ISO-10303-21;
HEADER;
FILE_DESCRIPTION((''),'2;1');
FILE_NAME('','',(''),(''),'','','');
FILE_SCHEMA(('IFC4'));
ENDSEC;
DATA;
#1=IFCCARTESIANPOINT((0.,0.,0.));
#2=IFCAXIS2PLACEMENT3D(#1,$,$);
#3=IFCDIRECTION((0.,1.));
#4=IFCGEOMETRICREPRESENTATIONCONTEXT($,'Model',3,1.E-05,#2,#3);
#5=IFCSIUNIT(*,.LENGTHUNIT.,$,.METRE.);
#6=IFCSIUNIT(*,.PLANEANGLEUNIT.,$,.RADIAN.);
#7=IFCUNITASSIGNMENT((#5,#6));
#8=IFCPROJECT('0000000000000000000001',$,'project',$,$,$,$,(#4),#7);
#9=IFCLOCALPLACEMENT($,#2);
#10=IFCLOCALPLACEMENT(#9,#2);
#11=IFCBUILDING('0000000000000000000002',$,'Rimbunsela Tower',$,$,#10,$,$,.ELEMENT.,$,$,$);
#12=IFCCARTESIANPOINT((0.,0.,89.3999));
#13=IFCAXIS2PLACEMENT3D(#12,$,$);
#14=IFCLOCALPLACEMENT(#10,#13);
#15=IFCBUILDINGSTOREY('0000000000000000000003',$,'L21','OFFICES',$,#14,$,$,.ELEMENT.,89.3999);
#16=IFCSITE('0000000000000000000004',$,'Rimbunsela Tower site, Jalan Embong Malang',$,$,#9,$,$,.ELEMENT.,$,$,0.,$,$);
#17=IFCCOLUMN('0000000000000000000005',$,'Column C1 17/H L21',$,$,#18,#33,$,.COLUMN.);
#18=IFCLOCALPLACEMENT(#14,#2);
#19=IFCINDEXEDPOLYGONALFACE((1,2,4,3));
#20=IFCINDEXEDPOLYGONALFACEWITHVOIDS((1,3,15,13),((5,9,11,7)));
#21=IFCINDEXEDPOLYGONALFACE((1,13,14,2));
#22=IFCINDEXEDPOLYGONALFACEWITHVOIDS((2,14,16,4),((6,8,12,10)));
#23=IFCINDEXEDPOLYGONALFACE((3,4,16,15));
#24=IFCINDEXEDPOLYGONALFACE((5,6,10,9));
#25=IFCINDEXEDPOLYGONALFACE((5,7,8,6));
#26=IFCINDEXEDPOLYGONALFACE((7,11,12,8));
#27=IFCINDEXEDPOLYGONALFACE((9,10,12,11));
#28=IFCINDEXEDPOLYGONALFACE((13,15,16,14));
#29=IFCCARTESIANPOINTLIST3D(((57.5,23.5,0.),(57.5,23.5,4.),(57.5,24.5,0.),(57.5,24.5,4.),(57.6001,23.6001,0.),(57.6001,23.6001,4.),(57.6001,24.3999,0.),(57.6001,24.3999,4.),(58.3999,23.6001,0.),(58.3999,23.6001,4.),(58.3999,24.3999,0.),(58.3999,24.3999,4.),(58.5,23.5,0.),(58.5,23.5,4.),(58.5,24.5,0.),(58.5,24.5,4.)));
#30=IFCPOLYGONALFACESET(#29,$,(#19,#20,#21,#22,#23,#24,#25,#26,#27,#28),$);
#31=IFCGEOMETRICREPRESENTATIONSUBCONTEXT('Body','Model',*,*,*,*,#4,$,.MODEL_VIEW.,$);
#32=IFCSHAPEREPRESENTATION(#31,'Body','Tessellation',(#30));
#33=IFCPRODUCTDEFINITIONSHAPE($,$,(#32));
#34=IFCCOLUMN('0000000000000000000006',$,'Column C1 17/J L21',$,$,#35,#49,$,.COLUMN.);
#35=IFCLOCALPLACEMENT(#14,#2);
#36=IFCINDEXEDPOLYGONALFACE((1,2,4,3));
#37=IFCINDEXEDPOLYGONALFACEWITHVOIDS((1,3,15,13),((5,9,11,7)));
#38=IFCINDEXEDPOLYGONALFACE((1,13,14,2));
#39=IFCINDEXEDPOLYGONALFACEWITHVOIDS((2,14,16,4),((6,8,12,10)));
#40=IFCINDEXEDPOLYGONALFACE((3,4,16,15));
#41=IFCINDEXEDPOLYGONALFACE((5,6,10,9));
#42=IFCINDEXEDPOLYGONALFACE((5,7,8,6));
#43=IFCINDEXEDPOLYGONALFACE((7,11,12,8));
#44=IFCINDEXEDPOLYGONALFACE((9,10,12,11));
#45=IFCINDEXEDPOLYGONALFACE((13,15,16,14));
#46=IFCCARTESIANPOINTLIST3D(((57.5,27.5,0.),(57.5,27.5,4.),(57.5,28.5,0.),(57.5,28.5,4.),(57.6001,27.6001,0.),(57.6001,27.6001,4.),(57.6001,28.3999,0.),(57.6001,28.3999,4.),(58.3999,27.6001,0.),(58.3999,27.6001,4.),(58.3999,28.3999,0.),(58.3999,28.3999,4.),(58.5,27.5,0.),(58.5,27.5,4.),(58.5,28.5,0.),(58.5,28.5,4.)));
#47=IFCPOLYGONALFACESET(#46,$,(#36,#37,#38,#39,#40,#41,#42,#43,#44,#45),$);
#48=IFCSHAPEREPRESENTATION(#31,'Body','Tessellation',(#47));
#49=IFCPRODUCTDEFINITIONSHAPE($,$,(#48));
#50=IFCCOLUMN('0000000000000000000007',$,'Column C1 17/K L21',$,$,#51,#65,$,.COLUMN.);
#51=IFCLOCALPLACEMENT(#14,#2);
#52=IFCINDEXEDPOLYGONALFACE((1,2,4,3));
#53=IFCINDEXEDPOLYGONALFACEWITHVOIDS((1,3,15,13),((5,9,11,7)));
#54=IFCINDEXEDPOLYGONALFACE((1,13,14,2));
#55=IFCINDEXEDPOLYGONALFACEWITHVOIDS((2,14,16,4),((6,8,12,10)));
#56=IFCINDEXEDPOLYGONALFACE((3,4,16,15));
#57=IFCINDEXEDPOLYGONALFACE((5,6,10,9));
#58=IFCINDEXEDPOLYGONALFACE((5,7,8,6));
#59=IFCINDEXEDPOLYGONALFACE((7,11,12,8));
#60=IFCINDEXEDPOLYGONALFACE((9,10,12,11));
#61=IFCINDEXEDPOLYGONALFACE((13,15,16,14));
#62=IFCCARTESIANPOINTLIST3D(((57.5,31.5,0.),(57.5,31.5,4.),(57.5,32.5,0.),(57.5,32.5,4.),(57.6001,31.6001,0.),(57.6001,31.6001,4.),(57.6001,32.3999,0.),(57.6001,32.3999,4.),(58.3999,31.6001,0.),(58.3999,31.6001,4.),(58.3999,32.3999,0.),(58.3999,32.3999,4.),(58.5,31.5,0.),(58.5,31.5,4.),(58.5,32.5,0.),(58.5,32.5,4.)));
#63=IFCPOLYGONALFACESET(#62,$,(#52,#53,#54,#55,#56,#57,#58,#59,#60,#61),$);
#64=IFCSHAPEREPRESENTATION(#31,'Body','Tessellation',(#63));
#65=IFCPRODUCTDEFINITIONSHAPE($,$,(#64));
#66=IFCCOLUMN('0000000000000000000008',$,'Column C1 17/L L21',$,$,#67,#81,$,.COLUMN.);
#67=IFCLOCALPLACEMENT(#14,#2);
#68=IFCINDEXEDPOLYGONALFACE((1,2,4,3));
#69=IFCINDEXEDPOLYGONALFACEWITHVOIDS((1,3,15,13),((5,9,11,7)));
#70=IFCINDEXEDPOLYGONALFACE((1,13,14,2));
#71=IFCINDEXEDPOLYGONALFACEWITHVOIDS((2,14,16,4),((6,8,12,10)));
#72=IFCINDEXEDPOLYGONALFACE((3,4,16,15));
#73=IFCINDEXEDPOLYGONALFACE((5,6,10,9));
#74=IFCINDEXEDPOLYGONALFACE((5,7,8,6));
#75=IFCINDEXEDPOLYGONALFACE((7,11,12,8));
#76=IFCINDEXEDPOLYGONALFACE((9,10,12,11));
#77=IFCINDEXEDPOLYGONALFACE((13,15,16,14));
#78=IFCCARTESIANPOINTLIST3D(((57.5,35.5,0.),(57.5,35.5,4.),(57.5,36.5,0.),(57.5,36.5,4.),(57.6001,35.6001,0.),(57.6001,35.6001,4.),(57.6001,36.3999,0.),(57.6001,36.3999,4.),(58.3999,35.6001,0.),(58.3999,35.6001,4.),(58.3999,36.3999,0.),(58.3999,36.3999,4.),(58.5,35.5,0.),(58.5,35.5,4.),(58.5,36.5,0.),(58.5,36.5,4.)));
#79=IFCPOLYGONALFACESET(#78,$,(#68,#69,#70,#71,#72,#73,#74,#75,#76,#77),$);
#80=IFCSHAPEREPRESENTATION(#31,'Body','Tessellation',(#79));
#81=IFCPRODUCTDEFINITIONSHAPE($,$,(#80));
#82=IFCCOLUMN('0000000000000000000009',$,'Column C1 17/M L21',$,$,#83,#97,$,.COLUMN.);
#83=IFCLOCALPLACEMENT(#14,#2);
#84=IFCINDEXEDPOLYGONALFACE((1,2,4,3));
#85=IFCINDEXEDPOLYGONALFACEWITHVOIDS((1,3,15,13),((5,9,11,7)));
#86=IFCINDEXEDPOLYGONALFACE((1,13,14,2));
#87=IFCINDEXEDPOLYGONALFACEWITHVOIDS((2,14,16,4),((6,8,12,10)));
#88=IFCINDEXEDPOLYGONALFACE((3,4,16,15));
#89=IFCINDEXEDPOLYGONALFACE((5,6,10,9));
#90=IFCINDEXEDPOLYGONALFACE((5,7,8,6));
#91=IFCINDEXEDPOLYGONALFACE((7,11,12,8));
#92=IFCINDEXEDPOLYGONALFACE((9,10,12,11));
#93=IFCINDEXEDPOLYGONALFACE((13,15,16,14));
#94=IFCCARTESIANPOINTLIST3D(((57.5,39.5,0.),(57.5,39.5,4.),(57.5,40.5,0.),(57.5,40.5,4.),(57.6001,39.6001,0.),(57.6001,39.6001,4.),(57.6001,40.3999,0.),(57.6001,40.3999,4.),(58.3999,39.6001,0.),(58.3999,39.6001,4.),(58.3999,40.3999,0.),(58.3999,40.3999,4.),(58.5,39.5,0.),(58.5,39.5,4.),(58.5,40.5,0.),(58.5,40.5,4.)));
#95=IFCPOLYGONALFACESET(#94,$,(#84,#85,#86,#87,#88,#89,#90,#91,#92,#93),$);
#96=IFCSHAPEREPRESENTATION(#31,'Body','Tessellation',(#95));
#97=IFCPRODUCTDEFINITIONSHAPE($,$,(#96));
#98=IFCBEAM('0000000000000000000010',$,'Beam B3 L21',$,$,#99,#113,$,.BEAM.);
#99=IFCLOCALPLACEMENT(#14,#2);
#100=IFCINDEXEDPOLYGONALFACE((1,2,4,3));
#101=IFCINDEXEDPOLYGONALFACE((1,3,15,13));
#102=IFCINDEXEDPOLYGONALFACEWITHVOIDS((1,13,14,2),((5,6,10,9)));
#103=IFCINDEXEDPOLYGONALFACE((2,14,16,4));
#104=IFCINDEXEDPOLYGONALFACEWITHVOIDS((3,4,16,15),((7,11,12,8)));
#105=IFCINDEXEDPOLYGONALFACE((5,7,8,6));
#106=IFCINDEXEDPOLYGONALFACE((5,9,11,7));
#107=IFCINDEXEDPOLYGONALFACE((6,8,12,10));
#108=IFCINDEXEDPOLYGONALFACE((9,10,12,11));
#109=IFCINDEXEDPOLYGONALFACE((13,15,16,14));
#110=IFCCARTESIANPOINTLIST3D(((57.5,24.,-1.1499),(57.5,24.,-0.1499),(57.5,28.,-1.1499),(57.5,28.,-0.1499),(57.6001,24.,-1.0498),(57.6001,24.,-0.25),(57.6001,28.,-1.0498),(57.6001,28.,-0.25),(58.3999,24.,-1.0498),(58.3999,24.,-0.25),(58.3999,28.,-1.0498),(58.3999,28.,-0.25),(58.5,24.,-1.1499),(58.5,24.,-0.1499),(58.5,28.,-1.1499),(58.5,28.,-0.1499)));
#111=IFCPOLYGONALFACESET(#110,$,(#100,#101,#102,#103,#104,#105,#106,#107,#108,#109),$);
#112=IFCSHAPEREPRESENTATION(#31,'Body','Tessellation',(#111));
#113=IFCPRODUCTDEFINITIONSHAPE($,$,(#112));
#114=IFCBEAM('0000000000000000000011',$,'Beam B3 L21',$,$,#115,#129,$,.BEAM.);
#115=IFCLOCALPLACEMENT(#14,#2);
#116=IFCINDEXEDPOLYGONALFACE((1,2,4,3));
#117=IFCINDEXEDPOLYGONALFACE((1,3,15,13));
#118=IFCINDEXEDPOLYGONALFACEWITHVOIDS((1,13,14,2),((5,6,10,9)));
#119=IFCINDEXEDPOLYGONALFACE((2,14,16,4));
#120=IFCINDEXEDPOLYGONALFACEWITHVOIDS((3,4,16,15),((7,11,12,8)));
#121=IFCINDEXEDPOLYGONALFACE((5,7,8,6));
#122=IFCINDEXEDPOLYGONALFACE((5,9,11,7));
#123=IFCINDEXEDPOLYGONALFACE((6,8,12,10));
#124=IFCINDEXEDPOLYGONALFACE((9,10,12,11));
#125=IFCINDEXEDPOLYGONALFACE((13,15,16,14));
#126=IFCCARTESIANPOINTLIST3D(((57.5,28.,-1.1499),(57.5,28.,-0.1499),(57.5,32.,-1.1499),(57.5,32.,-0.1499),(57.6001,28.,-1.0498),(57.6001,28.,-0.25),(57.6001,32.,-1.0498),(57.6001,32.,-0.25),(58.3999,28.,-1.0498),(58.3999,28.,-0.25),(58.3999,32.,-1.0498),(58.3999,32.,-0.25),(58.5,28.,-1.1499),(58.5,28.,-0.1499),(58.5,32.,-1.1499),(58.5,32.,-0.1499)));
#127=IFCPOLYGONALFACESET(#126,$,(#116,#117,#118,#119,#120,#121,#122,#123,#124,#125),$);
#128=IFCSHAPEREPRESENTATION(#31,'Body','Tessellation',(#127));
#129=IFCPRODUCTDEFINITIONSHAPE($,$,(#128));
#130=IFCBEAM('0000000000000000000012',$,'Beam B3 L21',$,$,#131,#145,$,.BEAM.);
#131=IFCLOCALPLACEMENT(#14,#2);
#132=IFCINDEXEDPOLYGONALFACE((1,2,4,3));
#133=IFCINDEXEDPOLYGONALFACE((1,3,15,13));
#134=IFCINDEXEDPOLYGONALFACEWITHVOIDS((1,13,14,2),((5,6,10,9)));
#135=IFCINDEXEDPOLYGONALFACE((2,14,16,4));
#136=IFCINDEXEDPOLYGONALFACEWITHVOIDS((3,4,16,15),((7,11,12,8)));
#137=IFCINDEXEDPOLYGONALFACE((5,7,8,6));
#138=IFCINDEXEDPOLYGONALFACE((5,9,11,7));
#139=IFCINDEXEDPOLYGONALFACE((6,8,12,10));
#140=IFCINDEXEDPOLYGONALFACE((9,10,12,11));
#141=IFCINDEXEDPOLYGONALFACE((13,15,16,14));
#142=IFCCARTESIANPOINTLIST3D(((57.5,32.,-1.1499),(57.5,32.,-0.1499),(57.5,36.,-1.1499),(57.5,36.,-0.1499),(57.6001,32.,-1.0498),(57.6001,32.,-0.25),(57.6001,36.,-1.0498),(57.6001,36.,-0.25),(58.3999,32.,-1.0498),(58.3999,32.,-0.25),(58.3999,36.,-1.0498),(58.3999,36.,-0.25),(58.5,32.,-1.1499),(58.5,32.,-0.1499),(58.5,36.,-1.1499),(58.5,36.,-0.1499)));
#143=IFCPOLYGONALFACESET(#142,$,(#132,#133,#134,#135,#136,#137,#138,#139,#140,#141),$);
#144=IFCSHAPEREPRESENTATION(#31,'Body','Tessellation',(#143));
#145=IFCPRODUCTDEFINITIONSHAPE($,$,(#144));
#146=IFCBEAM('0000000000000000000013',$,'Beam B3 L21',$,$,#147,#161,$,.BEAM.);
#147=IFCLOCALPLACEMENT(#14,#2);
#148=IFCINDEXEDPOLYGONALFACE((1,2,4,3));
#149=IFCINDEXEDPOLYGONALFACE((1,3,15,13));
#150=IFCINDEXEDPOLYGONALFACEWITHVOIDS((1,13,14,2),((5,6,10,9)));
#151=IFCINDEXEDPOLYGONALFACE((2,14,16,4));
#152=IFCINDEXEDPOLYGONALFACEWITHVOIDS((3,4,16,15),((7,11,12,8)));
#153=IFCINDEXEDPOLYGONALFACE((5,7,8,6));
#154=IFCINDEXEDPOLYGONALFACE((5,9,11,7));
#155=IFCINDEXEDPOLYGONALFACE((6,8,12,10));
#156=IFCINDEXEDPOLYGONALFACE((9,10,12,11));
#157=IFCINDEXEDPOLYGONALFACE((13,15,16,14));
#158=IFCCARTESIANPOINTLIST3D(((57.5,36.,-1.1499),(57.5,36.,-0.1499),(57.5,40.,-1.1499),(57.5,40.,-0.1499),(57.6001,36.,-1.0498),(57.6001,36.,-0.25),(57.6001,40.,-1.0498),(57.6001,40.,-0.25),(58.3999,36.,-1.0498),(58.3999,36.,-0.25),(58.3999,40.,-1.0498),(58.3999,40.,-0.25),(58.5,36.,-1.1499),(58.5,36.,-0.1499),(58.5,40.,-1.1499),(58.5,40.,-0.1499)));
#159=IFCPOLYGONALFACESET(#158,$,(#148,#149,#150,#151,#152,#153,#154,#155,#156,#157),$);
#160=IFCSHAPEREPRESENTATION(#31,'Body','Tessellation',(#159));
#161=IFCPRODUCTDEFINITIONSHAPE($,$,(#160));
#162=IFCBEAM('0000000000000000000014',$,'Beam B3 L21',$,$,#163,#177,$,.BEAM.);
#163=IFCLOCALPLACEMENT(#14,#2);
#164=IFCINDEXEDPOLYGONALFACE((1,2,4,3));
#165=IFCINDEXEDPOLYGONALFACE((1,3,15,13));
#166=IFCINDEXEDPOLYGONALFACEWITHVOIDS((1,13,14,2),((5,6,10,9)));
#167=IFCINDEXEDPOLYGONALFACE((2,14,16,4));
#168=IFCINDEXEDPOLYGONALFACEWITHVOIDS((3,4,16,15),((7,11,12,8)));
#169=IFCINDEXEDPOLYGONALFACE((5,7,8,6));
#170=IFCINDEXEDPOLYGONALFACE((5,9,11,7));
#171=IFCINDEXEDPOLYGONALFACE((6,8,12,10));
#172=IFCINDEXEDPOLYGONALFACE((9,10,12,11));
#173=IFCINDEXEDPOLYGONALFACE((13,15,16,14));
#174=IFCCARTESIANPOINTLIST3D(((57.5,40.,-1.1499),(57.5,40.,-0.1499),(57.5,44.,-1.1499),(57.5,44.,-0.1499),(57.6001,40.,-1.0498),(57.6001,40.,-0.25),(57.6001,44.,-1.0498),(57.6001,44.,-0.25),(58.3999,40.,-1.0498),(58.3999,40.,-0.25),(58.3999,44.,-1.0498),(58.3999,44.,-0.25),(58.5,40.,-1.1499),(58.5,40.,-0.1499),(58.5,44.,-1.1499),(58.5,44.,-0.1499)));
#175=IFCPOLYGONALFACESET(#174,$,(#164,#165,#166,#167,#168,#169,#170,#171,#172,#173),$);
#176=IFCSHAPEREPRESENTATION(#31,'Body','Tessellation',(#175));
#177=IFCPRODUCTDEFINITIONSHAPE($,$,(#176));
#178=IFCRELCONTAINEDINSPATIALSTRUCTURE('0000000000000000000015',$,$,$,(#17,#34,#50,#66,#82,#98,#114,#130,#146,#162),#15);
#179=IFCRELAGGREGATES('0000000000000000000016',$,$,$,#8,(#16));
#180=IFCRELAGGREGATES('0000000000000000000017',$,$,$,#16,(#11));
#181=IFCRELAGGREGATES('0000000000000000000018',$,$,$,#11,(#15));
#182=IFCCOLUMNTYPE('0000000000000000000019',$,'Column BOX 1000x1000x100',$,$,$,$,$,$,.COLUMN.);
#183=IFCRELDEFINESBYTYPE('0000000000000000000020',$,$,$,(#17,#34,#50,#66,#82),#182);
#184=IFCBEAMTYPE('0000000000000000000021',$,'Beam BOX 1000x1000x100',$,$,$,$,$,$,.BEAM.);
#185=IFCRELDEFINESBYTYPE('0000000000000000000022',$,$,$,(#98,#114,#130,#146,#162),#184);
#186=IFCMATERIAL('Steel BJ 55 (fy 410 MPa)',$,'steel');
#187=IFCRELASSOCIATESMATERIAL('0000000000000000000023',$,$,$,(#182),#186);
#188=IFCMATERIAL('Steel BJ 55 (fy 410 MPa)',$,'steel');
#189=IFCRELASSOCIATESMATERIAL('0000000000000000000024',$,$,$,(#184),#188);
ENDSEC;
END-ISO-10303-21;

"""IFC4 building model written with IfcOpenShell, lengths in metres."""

from ifc_helpers import new_model, si_unit, direction, frame, origin, origin_2d, place, context, subcontext, project, spatial, hollow_rectangle, extrude, material, material_profile, profile_set, type_object, element, save


model = new_model("IFC4")

# Units and contexts
model_context = context("Model", 3, precision=1e-05, world=origin(), true_north=direction((0.0, 1.0)))
body_context = subcontext(model_context, "Body", "Model", "MODEL_VIEW")
ifc_project = project(units=[si_unit("LENGTHUNIT", "METRE"), si_unit("PLANEANGLEUNIT", "RADIAN")], contexts=[model_context])

# Site, building, storey
site_placement = place(None, origin())
site = spatial("IfcSite", under=ifc_project, at=site_placement, Name="Rimbunsela Tower site, Jalan Embong Malang", CompositionType="ELEMENT", RefElevation=0.0)
building_placement = place(site_placement, origin())
building = spatial("IfcBuilding", under=site, at=building_placement, Name="Rimbunsela Tower", CompositionType="ELEMENT")
storey_placement = place(building_placement, frame((0.0, 0.0, 89.3999)))
storey = spatial("IfcBuildingStorey", under=building, at=storey_placement, Name="L21", Description="OFFICES", CompositionType="ELEMENT", Elevation=89.3999)

# Columns
ifc_material_1 = material(Name="Steel BJ 55 (fy 410 MPa)", Category="steel")
ifc_material_profile_1 = material_profile(ifc_material_1, hollow_rectangle(XDim=1.0, YDim=1.0, WallThickness=0.1001, at=origin_2d()), Name="BOX 1000x1000x100")
ifc_profile_set_1 = profile_set([ifc_material_profile_1], Name="Steel BJ 55 (fy 410 MPa)")
column_type = type_object("IfcColumnType", Name="Column BOX 1000x1000x100", PredefinedType="COLUMN", material=ifc_profile_set_1)
for number, where, z_axis, x_axis, name in (
    (1, (58.0, 24.0, 0.0), (0.0, 0.0, 1.0), (1.0, 0.0, 0.0), "Column C1 17/H L21"),
    (2, (58.0, 28.0, 0.0), (0.0, 0.0, 1.0), (1.0, 0.0, 0.0), "Column C1 17/J L21"),
    (3, (58.0, 32.0, 0.0), (0.0, 0.0, 1.0), (1.0, 0.0, 0.0), "Column C1 17/K L21"),
    (4, (58.0, 36.0, 0.0), (0.0, 0.0, 1.0), (1.0, 0.0, 0.0), "Column C1 17/L L21"),
    (5, (58.0, 40.0, 0.0), (0.0, 0.0, 1.0), (1.0, 0.0, 0.0), "Column C1 17/M L21"),
):
    element("IfcColumn", number, at=place(storey_placement, frame(where, z_axis=z_axis, x_axis=x_axis)), inside=storey, type_object=column_type, Name=name, PredefinedType="COLUMN", context=body_context, shape_type="SweptSolid", body=[
        extrude(hollow_rectangle(XDim=1.0, YDim=1.0, WallThickness=0.1001, at=origin_2d()), origin(), (0.0, 0.0, 1.0), 4.0),
    ])

# Beams
ifc_material_2 = material(Name="Steel BJ 55 (fy 410 MPa)", Category="steel")
ifc_material_profile_2 = material_profile(ifc_material_2, hollow_rectangle(XDim=1.0, YDim=1.0, WallThickness=0.1001, at=origin_2d()), Name="BOX 1000x1000x100")
ifc_profile_set_2 = profile_set([ifc_material_profile_2], Name="Steel BJ 55 (fy 410 MPa)")
beam_type_1 = type_object("IfcBeamType", Name="Beam BOX 1000x1000x100", PredefinedType="BEAM", material=ifc_profile_set_2)
for number, where, z_axis, x_axis, name in (
    (6, (58.0, 24.0, -0.6499), (0.0, 1.0, 0.0), (-1.0, 0.0, 0.0), "Beam B3 L21"),
    (7, (58.0, 28.0, -0.6499), (0.0, 1.0, 0.0), (-1.0, 0.0, 0.0), "Beam B3 L21"),
    (8, (58.0, 32.0, -0.6499), (0.0, 1.0, 0.0), (-1.0, 0.0, 0.0), "Beam B3 L21"),
    (9, (58.0, 36.0, -0.6499), (0.0, 1.0, 0.0), (-1.0, 0.0, 0.0), "Beam B3 L21"),
    (10, (58.0, 40.0, -0.6499), (0.0, 1.0, 0.0), (-1.0, 0.0, 0.0), "Beam B3 L21"),
):
    element("IfcBeam", number, at=place(storey_placement, frame(where, z_axis=z_axis, x_axis=x_axis)), inside=storey, type_object=beam_type_1, Name=name, PredefinedType="BEAM", context=body_context, shape_type="SweptSolid", body=[
        extrude(hollow_rectangle(XDim=1.0, YDim=1.0, WallThickness=0.1001, at=origin_2d()), origin(), (0.0, 0.0, 1.0), 4.0),
    ])

save(model, "model.ifc")
